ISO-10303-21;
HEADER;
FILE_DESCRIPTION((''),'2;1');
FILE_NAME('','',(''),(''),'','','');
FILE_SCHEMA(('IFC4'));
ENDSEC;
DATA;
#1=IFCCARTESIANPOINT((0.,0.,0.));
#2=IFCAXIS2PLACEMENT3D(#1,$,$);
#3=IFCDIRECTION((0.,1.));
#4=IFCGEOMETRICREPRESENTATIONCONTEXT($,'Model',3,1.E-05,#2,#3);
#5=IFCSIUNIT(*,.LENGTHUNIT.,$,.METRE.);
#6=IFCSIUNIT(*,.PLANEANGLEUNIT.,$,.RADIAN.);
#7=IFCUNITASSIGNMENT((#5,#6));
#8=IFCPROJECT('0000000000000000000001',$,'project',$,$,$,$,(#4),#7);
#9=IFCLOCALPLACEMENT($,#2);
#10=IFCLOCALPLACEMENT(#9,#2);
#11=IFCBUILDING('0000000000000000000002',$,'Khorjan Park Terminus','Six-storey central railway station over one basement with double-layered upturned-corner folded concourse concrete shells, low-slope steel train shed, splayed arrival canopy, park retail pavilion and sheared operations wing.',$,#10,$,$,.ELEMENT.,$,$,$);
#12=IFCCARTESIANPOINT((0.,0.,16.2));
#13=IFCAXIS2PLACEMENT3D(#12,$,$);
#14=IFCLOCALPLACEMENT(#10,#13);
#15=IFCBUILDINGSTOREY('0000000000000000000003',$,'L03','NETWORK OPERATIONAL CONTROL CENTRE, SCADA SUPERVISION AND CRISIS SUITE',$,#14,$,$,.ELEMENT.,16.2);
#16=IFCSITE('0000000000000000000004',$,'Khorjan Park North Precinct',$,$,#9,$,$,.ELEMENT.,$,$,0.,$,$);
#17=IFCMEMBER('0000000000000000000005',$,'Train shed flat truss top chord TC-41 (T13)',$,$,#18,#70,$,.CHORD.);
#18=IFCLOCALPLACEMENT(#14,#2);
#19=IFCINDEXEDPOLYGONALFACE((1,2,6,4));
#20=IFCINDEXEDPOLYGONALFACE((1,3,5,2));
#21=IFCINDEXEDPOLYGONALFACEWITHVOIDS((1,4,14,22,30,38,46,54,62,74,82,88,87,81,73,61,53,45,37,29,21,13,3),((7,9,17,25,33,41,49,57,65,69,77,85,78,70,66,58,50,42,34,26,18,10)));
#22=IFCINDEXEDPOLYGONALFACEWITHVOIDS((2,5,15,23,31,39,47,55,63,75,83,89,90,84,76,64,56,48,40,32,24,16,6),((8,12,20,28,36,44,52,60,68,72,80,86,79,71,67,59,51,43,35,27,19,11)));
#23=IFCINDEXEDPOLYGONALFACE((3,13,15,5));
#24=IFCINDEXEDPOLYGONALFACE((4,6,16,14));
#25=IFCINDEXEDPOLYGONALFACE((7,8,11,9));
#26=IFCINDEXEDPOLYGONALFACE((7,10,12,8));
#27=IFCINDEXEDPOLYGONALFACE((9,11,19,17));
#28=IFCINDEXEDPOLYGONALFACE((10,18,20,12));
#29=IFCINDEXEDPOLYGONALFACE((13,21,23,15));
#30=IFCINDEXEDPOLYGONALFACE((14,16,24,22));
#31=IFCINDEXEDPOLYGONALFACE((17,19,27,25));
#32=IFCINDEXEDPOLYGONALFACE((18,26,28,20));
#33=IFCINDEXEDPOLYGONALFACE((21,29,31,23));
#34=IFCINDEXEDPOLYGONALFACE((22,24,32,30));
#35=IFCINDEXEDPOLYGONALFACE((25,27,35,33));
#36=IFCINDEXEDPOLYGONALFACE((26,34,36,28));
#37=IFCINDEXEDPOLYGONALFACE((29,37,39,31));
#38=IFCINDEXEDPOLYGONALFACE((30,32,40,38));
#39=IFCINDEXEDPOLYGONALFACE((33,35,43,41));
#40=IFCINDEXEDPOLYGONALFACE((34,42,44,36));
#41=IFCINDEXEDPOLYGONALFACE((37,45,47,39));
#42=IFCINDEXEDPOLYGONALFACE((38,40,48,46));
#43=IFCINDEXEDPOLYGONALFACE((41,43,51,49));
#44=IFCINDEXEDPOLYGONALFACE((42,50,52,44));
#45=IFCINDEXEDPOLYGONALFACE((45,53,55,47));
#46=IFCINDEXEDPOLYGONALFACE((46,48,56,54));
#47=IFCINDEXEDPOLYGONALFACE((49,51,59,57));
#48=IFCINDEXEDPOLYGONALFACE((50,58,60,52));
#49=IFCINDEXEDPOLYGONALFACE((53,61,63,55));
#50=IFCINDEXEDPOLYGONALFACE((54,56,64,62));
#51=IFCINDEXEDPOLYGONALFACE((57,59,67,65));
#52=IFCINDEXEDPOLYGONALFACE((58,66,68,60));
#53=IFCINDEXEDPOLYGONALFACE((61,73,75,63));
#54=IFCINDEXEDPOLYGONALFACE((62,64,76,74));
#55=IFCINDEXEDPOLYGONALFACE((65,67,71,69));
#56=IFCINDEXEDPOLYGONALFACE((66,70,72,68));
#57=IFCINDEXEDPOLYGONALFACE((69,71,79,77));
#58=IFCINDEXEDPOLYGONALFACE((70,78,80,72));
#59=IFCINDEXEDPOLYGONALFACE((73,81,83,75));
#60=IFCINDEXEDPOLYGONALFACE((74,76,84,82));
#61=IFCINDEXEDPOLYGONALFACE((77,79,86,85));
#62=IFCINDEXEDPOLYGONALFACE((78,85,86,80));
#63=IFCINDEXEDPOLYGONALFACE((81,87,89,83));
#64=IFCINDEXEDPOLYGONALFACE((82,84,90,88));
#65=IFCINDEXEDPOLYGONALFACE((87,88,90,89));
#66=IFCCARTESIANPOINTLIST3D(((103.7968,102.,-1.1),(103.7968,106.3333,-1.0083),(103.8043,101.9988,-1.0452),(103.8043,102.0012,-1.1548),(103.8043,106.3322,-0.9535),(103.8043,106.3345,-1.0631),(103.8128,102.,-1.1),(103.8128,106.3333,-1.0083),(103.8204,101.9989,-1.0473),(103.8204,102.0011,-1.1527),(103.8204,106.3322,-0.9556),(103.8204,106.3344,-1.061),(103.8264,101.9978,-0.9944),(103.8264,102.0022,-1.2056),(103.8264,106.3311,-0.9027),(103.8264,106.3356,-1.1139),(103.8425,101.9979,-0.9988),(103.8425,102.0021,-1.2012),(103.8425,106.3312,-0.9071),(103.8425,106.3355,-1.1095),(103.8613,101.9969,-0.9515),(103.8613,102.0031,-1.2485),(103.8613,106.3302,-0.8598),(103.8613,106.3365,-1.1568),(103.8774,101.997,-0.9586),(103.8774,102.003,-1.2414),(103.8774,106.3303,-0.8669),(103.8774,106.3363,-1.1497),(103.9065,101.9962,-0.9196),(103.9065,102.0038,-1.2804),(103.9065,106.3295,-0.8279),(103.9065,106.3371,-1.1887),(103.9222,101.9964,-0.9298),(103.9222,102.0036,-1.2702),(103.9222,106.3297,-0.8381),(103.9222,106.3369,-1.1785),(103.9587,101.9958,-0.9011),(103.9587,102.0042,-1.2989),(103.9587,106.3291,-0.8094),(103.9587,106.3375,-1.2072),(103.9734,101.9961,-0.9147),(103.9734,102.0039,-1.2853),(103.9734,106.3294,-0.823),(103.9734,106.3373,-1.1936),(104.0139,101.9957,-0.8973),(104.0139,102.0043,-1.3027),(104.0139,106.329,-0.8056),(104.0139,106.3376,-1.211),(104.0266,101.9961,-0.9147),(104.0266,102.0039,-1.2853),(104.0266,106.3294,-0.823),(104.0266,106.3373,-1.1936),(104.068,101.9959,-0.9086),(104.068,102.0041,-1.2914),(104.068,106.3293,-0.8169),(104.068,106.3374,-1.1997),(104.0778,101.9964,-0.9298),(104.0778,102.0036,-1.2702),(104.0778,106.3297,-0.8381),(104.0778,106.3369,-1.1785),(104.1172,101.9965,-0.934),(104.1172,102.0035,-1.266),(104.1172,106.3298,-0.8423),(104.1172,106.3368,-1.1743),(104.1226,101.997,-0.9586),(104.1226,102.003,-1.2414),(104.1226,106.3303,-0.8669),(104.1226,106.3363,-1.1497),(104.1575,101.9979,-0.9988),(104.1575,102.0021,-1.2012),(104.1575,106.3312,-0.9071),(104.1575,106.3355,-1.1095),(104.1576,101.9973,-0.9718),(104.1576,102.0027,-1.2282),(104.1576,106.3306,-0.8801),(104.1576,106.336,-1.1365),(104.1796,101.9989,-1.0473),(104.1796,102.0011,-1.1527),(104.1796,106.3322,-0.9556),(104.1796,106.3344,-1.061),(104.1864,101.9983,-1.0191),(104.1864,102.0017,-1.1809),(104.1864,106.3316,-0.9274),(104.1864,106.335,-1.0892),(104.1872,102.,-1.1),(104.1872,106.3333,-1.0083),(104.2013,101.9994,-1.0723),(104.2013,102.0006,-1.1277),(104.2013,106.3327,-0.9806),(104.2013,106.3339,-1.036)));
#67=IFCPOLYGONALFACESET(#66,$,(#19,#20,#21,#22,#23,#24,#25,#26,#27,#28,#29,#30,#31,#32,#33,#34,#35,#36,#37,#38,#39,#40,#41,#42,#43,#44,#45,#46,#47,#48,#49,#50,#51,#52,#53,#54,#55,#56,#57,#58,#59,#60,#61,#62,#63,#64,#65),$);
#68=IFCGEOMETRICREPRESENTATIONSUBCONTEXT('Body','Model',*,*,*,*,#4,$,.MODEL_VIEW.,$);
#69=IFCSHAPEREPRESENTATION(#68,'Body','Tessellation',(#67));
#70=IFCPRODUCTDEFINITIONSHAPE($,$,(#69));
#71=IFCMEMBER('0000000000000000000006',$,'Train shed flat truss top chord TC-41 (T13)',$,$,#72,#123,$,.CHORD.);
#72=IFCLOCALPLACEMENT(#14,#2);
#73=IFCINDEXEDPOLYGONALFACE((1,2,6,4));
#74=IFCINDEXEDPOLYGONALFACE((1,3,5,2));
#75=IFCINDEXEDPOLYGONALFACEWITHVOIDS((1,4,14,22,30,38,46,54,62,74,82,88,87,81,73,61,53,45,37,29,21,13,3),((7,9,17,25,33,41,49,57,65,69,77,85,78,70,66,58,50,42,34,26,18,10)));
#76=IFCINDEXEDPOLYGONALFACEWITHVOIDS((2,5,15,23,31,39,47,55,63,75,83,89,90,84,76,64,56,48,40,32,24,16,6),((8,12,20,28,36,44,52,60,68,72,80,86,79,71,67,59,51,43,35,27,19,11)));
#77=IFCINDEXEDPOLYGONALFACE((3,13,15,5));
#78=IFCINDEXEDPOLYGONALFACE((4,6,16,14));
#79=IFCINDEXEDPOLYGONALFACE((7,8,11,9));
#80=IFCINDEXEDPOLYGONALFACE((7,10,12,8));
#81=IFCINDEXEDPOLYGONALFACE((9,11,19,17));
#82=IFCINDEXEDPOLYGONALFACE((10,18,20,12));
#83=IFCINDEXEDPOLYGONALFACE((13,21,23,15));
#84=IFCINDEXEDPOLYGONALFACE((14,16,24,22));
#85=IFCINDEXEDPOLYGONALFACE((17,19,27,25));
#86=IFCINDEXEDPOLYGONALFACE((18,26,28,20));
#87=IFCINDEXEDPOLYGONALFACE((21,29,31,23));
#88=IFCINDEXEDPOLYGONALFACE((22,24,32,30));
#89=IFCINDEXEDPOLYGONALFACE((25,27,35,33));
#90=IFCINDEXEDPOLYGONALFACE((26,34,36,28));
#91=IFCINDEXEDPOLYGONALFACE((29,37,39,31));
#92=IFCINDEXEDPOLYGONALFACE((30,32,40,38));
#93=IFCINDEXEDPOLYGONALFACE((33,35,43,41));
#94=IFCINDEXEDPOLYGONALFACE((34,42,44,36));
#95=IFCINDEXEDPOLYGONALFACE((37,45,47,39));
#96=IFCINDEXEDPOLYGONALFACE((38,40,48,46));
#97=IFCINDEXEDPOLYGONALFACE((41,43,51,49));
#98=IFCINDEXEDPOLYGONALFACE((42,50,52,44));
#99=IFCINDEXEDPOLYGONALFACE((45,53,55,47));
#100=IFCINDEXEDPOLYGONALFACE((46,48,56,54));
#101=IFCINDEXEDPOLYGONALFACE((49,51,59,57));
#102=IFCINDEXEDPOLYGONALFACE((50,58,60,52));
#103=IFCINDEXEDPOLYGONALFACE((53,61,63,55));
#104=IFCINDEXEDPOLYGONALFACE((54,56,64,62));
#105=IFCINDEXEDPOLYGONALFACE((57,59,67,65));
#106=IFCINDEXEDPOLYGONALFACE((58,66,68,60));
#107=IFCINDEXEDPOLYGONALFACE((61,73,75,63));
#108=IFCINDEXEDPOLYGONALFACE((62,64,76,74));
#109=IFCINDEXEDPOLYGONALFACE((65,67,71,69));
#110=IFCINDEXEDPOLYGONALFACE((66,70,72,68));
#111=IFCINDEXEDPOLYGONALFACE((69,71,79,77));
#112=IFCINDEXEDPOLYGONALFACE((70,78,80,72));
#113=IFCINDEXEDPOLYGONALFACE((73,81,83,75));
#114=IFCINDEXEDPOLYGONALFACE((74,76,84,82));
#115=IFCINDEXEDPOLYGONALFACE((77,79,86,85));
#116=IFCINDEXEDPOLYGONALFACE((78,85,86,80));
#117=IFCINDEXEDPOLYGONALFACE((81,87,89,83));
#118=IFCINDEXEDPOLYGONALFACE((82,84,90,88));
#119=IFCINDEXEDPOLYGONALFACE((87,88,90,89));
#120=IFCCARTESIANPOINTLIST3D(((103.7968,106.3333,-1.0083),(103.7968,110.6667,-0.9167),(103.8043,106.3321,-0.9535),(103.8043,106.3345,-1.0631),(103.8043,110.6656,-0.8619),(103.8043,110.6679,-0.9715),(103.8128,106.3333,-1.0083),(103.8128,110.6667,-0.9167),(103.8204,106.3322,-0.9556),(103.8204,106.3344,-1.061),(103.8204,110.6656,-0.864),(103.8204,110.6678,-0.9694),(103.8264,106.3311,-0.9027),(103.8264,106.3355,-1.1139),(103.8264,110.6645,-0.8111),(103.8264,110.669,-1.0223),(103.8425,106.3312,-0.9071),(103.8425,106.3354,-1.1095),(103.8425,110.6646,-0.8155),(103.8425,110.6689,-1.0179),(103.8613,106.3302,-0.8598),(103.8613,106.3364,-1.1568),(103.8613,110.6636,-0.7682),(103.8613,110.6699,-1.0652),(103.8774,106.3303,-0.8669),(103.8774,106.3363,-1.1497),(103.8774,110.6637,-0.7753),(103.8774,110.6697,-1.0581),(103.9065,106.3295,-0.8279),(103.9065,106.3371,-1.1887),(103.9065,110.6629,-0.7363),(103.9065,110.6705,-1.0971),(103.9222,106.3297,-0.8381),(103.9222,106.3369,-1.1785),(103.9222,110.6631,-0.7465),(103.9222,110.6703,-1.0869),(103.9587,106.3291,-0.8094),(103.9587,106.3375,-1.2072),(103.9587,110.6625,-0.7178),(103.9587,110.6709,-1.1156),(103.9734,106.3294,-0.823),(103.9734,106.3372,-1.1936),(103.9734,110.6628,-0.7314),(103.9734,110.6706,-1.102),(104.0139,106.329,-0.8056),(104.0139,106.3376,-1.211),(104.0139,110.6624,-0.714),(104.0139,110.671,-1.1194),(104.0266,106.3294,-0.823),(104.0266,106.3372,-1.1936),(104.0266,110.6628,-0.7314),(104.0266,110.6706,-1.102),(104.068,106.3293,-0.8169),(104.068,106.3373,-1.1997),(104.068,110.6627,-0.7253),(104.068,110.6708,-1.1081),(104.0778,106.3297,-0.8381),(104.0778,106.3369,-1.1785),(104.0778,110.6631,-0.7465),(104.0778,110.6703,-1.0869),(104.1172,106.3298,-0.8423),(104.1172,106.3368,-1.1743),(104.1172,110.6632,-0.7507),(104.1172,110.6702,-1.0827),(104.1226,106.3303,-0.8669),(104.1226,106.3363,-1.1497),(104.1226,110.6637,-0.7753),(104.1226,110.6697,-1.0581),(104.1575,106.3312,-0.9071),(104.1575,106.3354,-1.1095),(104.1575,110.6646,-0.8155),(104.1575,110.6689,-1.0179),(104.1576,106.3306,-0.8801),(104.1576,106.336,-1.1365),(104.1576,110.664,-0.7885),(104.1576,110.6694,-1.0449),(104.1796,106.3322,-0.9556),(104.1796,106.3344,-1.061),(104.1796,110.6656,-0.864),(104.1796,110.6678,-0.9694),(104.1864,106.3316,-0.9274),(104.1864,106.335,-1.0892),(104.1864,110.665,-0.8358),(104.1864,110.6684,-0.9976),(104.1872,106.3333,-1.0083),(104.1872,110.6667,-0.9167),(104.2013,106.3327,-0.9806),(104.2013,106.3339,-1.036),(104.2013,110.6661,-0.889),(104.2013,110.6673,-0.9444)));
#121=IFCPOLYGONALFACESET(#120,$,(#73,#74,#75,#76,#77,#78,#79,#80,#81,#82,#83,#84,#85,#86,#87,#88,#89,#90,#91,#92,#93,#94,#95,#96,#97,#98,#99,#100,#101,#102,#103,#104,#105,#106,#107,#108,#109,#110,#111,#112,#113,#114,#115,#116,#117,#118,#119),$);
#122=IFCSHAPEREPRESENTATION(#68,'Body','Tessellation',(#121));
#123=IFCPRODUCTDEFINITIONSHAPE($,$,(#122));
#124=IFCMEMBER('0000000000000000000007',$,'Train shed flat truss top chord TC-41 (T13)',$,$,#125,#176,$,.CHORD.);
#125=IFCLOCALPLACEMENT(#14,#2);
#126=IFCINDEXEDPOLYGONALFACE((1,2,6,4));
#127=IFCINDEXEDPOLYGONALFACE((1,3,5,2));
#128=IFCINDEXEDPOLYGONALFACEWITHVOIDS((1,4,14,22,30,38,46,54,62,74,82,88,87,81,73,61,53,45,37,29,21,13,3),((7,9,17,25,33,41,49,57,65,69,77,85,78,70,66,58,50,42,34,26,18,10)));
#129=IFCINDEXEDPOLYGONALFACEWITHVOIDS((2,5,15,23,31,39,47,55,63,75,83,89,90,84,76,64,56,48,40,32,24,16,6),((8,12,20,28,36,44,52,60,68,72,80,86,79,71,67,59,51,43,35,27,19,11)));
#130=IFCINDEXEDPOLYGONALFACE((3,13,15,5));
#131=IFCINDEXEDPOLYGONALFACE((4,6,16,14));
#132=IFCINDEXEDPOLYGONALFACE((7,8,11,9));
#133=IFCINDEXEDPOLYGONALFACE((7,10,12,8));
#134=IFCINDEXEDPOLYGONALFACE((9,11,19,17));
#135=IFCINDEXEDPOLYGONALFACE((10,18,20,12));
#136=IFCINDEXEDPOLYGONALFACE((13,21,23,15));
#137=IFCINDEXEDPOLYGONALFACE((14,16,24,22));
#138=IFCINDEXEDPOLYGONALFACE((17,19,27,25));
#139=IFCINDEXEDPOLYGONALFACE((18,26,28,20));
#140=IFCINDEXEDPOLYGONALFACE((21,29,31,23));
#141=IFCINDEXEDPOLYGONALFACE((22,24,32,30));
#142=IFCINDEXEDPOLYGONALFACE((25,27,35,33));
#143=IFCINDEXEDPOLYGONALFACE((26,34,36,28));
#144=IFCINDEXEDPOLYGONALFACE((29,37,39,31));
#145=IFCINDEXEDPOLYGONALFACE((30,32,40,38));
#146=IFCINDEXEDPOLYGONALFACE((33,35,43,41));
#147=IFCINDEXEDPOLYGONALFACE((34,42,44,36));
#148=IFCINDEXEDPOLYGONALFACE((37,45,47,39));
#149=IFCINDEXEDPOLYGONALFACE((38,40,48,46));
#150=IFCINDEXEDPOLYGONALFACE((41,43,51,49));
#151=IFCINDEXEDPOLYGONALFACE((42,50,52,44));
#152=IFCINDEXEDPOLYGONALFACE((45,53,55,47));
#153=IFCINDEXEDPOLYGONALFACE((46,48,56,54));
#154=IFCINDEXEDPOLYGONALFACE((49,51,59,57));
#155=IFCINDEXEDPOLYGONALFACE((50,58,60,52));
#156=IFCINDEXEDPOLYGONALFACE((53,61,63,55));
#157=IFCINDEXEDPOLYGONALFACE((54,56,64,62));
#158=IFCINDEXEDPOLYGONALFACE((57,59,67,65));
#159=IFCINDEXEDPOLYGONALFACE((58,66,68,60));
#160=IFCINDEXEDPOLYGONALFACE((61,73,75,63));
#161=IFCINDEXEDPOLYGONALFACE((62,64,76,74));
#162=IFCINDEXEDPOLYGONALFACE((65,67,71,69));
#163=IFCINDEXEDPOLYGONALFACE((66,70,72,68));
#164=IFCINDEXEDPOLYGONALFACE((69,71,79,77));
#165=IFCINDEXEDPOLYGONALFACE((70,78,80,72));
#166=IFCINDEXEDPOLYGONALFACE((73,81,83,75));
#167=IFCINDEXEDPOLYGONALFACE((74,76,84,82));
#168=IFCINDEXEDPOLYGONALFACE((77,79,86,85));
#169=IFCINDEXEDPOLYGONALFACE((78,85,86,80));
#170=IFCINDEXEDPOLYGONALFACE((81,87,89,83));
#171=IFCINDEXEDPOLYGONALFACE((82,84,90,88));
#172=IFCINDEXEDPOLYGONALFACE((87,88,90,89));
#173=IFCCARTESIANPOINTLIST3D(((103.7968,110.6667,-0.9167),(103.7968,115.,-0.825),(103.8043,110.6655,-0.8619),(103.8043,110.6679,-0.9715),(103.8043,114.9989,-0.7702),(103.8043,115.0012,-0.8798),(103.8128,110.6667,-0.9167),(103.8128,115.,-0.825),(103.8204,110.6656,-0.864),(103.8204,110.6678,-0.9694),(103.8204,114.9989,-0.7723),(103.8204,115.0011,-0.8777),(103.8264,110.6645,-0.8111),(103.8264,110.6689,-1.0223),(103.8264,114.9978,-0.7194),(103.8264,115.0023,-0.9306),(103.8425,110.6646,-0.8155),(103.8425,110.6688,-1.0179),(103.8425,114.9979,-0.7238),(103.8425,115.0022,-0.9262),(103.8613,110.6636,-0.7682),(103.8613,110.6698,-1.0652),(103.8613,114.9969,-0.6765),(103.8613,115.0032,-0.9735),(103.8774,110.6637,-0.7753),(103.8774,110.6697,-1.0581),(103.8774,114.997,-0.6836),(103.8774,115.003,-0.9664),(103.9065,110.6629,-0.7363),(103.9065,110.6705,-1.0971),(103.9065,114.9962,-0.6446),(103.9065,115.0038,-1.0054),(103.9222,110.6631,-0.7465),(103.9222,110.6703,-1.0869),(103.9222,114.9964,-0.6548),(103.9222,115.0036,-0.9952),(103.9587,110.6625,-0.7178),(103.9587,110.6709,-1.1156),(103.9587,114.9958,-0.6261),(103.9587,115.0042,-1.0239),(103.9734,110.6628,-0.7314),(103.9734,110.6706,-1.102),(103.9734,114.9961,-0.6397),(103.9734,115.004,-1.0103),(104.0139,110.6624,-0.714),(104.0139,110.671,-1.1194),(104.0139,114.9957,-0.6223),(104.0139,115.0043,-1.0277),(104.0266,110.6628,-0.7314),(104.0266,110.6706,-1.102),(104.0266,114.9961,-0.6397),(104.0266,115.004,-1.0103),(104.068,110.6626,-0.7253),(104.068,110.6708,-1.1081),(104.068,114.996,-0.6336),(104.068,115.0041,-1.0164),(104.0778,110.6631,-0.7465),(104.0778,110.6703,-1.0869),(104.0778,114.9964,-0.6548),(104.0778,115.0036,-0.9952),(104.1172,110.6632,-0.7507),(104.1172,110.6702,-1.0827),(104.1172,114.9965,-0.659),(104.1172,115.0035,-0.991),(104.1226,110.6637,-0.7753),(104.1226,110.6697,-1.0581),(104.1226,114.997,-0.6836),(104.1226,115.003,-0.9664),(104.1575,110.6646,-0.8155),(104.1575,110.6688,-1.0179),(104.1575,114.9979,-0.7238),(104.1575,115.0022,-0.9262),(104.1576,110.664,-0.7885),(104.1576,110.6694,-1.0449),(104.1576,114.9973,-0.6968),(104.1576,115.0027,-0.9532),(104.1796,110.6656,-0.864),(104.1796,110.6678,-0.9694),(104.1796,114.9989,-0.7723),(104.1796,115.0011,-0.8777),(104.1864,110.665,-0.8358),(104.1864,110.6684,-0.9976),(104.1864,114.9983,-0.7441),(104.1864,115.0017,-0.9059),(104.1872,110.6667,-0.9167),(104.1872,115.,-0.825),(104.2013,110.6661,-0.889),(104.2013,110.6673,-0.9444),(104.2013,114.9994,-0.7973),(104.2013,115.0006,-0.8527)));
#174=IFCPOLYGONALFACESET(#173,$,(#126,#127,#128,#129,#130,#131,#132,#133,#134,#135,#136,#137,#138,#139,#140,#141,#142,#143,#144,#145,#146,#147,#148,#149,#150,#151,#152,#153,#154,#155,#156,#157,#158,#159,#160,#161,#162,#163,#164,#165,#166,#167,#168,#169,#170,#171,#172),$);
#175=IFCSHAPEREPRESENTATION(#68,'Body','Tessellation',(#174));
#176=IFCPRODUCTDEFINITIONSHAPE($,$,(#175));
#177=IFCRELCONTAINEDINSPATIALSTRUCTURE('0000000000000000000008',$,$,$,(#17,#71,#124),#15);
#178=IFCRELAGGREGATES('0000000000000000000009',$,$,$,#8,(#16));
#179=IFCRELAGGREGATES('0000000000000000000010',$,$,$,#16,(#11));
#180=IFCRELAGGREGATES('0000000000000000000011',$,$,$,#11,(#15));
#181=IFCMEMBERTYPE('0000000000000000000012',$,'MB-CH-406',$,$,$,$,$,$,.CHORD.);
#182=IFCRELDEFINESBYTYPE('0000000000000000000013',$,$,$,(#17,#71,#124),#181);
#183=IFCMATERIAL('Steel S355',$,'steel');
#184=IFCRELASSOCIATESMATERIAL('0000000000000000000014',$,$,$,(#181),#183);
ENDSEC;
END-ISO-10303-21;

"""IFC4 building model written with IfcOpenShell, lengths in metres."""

from ifc_helpers import new_model, si_unit, direction, frame, origin, origin_2d, place, context, subcontext, project, spatial, hollow_circle, extrude, material, material_profile, profile_set, type_object, element, save


model = new_model("IFC4")

# Units and contexts
model_context = context("Model", 3, precision=1e-05, world=origin(), true_north=direction((0.0, 1.0)))
body_context = subcontext(model_context, "Body", "Model", "MODEL_VIEW")
ifc_project = project(units=[si_unit("LENGTHUNIT", "METRE"), si_unit("PLANEANGLEUNIT", "RADIAN")], contexts=[model_context])

# Site, building, storey
site_placement = place(None, origin())
site = spatial("IfcSite", under=ifc_project, at=site_placement, Name="Khorjan Park North Precinct", CompositionType="ELEMENT", RefElevation=0.0)
building_placement = place(site_placement, origin())
building = spatial("IfcBuilding", under=site, at=building_placement, Name="Khorjan Park Terminus", Description="Six-storey central railway station over one basement with double-layered upturned-corner folded concourse concrete shells, low-slope steel train shed, splayed arrival canopy, park retail pavilion and sheared operations wing.", CompositionType="ELEMENT")
storey_placement = place(building_placement, frame((0.0, 0.0, 16.2)))
storey = spatial("IfcBuildingStorey", under=building, at=storey_placement, Name="L03", Description="NETWORK OPERATIONAL CONTROL CENTRE, SCADA SUPERVISION AND CRISIS SUITE", CompositionType="ELEMENT", Elevation=16.2)

# Members
ifc_material = material(Name="Steel S355", Category="steel")
ifc_material_profile_1 = material_profile(ifc_material, hollow_circle(Radius=0.2032, WallThickness=0.016, at=origin_2d()), Name="CHS 406.4x16")
ifc_profile_set_1 = profile_set([ifc_material_profile_1], Name="Steel S355")
member_type_1 = type_object("IfcMemberType", Name="MB-CH-406", PredefinedType="CHORD", material=ifc_profile_set_1)
member_1_placement = place(storey_placement, frame((104.0, 102.0, -1.1), z_axis=(0.0, 0.999776, 0.021157), x_axis=(-1.0, 0.0, 0.0)))
element("IfcMember", 1, at=member_1_placement, inside=storey, type_object=member_type_1, Name="Train shed flat truss top chord TC-41 (T13)", PredefinedType="CHORD", context=body_context, shape_type="SweptSolid", body=[
    extrude(hollow_circle(Radius=0.2032, WallThickness=0.016, at=origin_2d()), origin(), (0.0, 0.0, 1.0), 4.3343),
])
member_2_placement = place(storey_placement, frame((104.0, 106.3333, -1.0083), z_axis=(0.0, 0.999777, 0.021133), x_axis=(-1.0, 0.0, 0.0)))
element("IfcMember", 2, at=member_2_placement, inside=storey, type_object=member_type_1, Name="Train shed flat truss top chord TC-41 (T13)", PredefinedType="CHORD", context=body_context, shape_type="SweptSolid", body=[
    extrude(hollow_circle(Radius=0.2032, WallThickness=0.016, at=origin_2d()), origin(), (0.0, 0.0, 1.0), 4.3344),
])
member_3_placement = place(storey_placement, frame((104.0, 110.6667, -0.9167), z_axis=(0.0, 0.999776, 0.021157), x_axis=(-1.0, 0.0, 0.0)))
element("IfcMember", 3, at=member_3_placement, inside=storey, type_object=member_type_1, Name="Train shed flat truss top chord TC-41 (T13)", PredefinedType="CHORD", context=body_context, shape_type="SweptSolid", body=[
    extrude(hollow_circle(Radius=0.2032, WallThickness=0.016, at=origin_2d()), origin(), (0.0, 0.0, 1.0), 4.3343),
])

save(model, "model.ifc")
